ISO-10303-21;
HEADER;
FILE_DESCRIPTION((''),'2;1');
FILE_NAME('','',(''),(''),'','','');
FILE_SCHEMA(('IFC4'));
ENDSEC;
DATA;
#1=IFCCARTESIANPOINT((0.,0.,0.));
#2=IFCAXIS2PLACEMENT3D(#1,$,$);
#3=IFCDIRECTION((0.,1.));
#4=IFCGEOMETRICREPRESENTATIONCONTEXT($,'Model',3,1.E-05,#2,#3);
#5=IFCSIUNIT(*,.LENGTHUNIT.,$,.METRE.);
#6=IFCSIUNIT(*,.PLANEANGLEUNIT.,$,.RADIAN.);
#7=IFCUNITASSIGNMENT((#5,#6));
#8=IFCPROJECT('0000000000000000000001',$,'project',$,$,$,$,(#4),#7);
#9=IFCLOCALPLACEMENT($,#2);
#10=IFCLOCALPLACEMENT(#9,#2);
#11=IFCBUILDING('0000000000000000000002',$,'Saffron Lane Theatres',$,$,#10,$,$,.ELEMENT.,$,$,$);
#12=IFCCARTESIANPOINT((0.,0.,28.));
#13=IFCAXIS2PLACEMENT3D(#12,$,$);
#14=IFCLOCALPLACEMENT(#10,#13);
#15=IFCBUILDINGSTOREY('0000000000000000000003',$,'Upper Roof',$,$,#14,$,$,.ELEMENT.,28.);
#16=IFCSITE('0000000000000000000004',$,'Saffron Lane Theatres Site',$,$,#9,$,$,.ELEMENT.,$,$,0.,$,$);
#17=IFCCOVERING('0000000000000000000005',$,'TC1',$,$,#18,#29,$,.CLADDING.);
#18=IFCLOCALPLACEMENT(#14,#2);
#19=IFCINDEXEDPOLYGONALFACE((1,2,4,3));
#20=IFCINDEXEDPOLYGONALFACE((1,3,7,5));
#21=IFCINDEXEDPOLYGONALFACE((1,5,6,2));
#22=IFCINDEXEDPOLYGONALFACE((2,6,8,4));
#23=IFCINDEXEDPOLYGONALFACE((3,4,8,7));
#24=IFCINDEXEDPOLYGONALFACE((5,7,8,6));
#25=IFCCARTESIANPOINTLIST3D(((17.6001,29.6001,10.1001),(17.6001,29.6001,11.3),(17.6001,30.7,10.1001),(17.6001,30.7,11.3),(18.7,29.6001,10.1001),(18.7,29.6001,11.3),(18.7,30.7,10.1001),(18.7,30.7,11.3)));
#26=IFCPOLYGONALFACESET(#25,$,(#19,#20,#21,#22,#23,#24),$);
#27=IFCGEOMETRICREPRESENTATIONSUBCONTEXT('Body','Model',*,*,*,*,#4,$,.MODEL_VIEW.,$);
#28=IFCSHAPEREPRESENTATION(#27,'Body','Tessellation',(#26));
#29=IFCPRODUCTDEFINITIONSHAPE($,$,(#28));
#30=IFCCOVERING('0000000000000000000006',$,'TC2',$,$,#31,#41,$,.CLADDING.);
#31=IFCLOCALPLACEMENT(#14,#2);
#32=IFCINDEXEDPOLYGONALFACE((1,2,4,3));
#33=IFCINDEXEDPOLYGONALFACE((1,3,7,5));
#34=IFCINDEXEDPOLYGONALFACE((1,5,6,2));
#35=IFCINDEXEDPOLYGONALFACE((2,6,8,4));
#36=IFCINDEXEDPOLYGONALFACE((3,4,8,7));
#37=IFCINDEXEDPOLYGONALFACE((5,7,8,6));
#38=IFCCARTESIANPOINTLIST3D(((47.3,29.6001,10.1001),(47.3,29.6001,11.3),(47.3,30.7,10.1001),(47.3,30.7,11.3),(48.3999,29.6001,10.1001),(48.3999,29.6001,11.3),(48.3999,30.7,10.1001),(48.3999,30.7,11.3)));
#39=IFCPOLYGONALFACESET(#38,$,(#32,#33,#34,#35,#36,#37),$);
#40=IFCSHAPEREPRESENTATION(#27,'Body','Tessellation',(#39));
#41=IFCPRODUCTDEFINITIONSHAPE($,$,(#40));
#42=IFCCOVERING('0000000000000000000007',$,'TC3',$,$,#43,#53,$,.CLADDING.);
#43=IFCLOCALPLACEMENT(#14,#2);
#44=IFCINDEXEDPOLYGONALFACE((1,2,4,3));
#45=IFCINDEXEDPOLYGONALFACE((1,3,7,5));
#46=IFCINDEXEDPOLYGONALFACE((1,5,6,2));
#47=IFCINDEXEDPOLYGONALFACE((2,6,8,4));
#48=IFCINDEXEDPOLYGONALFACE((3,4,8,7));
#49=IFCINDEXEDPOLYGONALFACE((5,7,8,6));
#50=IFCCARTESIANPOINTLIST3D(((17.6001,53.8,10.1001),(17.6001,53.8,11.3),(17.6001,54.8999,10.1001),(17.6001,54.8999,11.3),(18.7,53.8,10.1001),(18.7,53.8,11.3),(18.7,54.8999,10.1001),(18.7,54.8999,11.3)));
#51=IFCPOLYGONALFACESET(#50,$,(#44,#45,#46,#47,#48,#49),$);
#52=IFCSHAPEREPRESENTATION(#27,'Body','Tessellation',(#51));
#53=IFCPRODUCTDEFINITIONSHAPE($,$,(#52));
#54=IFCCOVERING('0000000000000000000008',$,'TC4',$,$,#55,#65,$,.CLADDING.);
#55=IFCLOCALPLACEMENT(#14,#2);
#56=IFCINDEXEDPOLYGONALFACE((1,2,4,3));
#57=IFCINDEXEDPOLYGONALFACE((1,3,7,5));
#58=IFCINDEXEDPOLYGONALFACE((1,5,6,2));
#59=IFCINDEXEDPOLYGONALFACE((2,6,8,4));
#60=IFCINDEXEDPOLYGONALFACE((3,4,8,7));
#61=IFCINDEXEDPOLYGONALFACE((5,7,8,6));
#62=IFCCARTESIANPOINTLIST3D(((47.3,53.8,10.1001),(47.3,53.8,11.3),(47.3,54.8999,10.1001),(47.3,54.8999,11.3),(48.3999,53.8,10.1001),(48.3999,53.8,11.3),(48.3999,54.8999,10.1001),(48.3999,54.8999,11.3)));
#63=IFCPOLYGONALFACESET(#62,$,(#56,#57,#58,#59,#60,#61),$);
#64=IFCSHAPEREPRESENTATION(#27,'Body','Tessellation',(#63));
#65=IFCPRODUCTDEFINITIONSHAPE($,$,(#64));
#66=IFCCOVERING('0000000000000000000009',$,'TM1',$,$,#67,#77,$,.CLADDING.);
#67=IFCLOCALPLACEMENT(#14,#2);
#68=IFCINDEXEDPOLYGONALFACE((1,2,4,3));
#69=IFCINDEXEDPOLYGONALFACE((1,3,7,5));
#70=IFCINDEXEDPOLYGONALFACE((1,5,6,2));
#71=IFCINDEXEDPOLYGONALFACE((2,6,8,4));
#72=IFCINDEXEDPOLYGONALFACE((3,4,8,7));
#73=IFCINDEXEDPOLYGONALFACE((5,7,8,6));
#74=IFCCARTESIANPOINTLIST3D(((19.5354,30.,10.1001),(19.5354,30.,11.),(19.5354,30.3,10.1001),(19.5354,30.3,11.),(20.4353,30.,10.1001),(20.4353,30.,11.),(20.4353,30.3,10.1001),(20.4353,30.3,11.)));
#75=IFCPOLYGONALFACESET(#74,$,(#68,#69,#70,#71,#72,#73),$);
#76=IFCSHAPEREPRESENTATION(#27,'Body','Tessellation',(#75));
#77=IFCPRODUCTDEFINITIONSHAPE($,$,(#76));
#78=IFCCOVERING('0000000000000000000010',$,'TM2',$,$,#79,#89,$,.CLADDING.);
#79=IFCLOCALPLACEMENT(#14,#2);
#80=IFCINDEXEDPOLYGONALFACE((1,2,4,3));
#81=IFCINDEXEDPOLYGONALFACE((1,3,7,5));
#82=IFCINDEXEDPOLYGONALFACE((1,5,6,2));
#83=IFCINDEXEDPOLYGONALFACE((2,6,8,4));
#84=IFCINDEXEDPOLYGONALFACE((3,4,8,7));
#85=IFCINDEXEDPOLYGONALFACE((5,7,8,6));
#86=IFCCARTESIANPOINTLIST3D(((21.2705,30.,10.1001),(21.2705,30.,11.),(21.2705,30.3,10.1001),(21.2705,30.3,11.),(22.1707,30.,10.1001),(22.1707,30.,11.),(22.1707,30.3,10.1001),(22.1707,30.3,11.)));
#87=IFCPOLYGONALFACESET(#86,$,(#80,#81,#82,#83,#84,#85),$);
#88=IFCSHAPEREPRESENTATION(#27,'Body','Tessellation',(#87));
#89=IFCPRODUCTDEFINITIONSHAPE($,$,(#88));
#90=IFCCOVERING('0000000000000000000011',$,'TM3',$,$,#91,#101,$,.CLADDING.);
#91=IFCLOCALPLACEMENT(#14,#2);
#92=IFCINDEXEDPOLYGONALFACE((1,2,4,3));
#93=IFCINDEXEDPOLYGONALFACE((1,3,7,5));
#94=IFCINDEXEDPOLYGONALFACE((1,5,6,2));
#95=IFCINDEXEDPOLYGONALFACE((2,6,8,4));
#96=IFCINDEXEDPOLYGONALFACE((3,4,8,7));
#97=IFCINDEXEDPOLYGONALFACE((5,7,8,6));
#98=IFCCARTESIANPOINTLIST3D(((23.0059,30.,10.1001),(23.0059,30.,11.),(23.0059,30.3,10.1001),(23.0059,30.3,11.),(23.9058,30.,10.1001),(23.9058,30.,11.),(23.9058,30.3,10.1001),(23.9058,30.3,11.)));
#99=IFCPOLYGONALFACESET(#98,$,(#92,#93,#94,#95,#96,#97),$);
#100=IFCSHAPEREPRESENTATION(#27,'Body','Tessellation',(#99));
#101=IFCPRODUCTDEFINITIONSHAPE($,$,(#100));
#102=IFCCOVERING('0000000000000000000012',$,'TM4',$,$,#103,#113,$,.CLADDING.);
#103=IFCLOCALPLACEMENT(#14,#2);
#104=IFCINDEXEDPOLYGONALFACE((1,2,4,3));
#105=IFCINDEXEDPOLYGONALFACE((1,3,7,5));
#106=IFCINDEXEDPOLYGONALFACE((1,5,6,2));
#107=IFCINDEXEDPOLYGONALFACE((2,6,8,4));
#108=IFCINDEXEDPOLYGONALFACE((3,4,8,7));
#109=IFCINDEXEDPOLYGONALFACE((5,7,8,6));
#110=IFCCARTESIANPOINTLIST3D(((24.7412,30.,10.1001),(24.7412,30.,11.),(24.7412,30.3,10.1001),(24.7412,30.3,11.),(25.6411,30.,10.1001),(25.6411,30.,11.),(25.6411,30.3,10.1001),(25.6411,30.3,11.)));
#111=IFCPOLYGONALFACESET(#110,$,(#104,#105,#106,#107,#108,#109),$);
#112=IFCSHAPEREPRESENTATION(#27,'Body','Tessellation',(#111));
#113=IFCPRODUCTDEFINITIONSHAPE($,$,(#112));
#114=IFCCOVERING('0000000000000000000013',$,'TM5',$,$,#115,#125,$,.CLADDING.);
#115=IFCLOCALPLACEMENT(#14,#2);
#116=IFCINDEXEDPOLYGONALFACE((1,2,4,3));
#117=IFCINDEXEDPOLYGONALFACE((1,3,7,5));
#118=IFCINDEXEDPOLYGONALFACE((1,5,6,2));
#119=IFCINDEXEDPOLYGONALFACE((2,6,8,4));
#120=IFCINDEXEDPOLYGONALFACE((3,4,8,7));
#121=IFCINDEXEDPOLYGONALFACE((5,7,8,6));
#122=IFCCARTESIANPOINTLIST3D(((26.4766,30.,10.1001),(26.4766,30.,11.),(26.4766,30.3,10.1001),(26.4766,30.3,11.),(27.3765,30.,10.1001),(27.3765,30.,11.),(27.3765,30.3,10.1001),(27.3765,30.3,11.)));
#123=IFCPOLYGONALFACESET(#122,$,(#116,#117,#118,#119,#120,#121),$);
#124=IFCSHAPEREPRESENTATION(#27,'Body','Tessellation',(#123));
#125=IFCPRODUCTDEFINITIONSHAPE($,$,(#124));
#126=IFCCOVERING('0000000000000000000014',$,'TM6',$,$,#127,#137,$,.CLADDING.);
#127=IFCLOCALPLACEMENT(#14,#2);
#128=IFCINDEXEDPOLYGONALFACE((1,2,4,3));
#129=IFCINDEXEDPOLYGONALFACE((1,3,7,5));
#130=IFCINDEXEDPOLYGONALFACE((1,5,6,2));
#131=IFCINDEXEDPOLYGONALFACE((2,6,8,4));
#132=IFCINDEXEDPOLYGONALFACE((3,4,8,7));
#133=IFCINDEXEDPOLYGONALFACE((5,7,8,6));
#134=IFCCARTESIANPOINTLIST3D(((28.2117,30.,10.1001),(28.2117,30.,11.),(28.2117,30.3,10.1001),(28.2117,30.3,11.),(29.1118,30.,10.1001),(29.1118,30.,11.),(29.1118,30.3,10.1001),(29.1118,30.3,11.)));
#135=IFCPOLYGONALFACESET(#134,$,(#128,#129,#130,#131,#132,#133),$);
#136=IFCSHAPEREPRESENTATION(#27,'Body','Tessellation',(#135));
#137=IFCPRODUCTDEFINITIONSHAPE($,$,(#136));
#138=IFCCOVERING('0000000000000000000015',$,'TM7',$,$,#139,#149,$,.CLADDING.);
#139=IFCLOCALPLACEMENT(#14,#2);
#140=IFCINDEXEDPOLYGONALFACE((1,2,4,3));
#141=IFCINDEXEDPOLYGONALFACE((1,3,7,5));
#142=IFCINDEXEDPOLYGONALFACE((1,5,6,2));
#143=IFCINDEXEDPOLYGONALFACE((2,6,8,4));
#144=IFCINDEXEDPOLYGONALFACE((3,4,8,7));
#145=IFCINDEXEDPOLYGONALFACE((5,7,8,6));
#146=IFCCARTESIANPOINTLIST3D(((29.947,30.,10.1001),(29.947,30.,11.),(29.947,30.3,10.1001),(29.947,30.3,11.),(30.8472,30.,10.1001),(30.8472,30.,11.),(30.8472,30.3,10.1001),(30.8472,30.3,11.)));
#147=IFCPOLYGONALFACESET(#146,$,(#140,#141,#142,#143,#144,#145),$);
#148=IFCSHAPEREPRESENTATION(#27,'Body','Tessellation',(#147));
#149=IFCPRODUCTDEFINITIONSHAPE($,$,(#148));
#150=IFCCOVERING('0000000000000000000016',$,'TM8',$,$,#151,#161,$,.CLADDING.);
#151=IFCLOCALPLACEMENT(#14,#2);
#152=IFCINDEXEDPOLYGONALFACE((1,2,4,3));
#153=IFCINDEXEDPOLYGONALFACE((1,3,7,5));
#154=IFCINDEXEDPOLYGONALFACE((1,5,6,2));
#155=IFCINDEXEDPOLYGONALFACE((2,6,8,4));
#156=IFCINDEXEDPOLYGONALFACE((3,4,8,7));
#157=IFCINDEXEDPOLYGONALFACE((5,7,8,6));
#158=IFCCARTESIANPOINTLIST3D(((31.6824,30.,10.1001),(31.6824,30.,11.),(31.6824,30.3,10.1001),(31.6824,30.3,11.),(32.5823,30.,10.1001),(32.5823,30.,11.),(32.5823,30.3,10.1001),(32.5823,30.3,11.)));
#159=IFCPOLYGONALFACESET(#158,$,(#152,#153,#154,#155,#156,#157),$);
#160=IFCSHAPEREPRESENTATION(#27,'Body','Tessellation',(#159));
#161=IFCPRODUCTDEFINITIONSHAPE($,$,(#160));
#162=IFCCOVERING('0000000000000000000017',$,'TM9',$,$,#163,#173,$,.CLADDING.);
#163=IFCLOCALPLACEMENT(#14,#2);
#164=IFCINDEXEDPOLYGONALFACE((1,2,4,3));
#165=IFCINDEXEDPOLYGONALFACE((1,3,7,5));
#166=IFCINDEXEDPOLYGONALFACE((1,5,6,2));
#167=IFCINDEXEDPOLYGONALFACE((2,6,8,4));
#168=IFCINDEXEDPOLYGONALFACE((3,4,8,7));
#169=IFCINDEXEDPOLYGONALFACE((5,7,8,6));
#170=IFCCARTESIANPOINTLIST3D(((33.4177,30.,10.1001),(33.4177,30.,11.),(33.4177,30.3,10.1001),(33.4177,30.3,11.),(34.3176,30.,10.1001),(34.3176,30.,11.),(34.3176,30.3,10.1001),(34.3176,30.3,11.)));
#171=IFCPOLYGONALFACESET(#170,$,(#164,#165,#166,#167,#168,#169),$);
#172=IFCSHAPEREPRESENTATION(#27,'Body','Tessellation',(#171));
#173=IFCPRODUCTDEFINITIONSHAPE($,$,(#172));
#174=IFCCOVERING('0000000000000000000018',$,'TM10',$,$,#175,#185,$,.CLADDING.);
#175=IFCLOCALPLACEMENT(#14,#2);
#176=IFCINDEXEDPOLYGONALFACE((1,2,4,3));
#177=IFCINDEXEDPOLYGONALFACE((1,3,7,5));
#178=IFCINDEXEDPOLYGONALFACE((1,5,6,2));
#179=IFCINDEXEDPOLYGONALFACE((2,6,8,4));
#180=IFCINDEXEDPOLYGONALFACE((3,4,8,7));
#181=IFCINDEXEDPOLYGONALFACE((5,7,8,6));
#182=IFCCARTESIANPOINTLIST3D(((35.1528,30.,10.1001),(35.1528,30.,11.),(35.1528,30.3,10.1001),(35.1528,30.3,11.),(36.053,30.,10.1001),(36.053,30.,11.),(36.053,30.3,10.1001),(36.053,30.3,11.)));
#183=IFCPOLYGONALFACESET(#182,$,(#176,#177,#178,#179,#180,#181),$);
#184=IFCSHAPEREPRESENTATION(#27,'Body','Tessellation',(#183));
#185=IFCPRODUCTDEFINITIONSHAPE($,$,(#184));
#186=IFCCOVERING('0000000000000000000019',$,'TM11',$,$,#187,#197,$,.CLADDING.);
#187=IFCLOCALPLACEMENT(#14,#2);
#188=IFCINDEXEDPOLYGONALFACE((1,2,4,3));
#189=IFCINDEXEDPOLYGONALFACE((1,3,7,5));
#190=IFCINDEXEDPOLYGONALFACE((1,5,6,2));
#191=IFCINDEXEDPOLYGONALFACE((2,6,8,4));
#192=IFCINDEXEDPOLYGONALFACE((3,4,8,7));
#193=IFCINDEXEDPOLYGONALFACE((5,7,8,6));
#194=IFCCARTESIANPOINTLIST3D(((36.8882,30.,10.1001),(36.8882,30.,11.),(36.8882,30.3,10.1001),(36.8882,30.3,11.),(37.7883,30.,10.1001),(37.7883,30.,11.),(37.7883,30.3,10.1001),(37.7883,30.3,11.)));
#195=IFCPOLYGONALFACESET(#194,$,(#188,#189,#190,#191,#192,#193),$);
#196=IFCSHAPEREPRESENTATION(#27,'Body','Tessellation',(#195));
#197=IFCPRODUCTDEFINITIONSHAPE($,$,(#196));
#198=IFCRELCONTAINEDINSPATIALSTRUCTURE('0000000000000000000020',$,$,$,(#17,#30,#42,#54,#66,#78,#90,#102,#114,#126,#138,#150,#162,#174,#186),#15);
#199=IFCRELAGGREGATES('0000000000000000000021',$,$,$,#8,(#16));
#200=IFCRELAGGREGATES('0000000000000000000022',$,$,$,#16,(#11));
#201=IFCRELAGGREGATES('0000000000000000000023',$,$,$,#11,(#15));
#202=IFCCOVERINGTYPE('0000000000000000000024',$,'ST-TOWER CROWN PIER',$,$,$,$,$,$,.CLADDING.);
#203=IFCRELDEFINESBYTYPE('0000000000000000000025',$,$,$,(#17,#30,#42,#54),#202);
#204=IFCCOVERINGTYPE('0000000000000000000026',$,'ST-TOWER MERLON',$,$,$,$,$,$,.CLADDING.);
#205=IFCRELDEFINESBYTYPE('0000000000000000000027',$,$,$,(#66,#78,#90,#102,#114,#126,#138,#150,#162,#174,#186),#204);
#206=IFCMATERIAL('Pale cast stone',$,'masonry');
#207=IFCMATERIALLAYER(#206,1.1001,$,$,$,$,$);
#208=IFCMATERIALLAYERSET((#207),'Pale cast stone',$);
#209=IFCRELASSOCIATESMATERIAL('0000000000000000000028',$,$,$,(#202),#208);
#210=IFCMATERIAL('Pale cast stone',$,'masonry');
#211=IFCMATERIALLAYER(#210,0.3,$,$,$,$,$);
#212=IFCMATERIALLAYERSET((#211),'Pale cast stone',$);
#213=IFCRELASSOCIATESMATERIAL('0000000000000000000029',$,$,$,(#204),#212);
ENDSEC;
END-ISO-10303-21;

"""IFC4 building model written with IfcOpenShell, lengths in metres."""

from ifc_helpers import new_model, si_unit, direction, frame, origin, place, context, subcontext, project, spatial, polyline, outline, extrude, material, layer, layer_set, type_object, element, save


model = new_model("IFC4")

# Units and contexts
model_context = context("Model", 3, precision=1e-05, world=origin(), true_north=direction((0.0, 1.0)))
body_context = subcontext(model_context, "Body", "Model", "MODEL_VIEW")
ifc_project = project(units=[si_unit("LENGTHUNIT", "METRE"), si_unit("PLANEANGLEUNIT", "RADIAN")], contexts=[model_context])

# Site, building, storey
site_placement = place(None, origin())
site = spatial("IfcSite", under=ifc_project, at=site_placement, Name="Saffron Lane Theatres Site", CompositionType="ELEMENT", RefElevation=0.0)
building_placement = place(site_placement, origin())
building = spatial("IfcBuilding", under=site, at=building_placement, Name="Saffron Lane Theatres", CompositionType="ELEMENT")
storey_placement = place(building_placement, frame((0.0, 0.0, 28.0)))
storey = spatial("IfcBuildingStorey", under=building, at=storey_placement, Name="Upper Roof", CompositionType="ELEMENT", Elevation=28.0)

# Coverings
ifc_material_1 = material(Name="Pale cast stone", Category="masonry")
ifc_layer_1 = layer(ifc_material_1, 1.1001)
ifc_layer_set_1 = layer_set([ifc_layer_1], Name="Pale cast stone")
covering_type_1 = type_object("IfcCoveringType", Name="ST-TOWER CROWN PIER", PredefinedType="CLADDING", material=ifc_layer_set_1)
covering_1_placement = place(storey_placement, frame((0.0, 0.0, 10.1001)))
element("IfcCovering", 1, at=covering_1_placement, inside=storey, type_object=covering_type_1, Name="TC1", PredefinedType="CLADDING", context=body_context, shape_type="SweptSolid", body=[
    extrude(outline(polyline([(17.6001, 29.6001), (18.7, 29.6001), (18.7, 30.7), (17.6001, 30.7), (17.6001, 29.6001)])), origin(), (0.0, 0.0, 1.0), 1.2),
])
covering_2_placement = place(storey_placement, frame((0.0, 0.0, 10.1001)))
element("IfcCovering", 2, at=covering_2_placement, inside=storey, type_object=covering_type_1, Name="TC2", PredefinedType="CLADDING", context=body_context, shape_type="SweptSolid", body=[
    extrude(outline(polyline([(47.3, 29.6001), (48.3999, 29.6001), (48.3999, 30.7), (47.3, 30.7), (47.3, 29.6001)])), origin(), (0.0, 0.0, 1.0), 1.2),
])
covering_3_placement = place(storey_placement, frame((0.0, 0.0, 10.1001)))
element("IfcCovering", 3, at=covering_3_placement, inside=storey, type_object=covering_type_1, Name="TC3", PredefinedType="CLADDING", context=body_context, shape_type="SweptSolid", body=[
    extrude(outline(polyline([(17.6001, 53.8), (18.7, 53.8), (18.7, 54.8999), (17.6001, 54.8999), (17.6001, 53.8)])), origin(), (0.0, 0.0, 1.0), 1.2),
])
covering_4_placement = place(storey_placement, frame((0.0, 0.0, 10.1001)))
element("IfcCovering", 4, at=covering_4_placement, inside=storey, type_object=covering_type_1, Name="TC4", PredefinedType="CLADDING", context=body_context, shape_type="SweptSolid", body=[
    extrude(outline(polyline([(47.3, 53.8), (48.3999, 53.8), (48.3999, 54.8999), (47.3, 54.8999), (47.3, 53.8)])), origin(), (0.0, 0.0, 1.0), 1.2),
])
ifc_material_2 = material(Name="Pale cast stone", Category="masonry")
ifc_layer_2 = layer(ifc_material_2, 0.3)
ifc_layer_set_2 = layer_set([ifc_layer_2], Name="Pale cast stone")
covering_type_2 = type_object("IfcCoveringType", Name="ST-TOWER MERLON", PredefinedType="CLADDING", material=ifc_layer_set_2)
covering_5_placement = place(storey_placement, frame((0.0, 0.0, 10.1001)))
element("IfcCovering", 5, at=covering_5_placement, inside=storey, type_object=covering_type_2, Name="TM1", PredefinedType="CLADDING", context=body_context, shape_type="SweptSolid", body=[
    extrude(outline(polyline([(19.5354, 30.0), (20.4353, 30.0), (20.4353, 30.3), (19.5354, 30.3), (19.5354, 30.0)])), origin(), (0.0, 0.0, 1.0), 0.8999),
])
covering_6_placement = place(storey_placement, frame((0.0, 0.0, 10.1001)))
element("IfcCovering", 6, at=covering_6_placement, inside=storey, type_object=covering_type_2, Name="TM2", PredefinedType="CLADDING", context=body_context, shape_type="SweptSolid", body=[
    extrude(outline(polyline([(21.2705, 30.0), (22.1707, 30.0), (22.1707, 30.3), (21.2705, 30.3), (21.2705, 30.0)])), origin(), (0.0, 0.0, 1.0), 0.8999),
])
covering_7_placement = place(storey_placement, frame((0.0, 0.0, 10.1001)))
element("IfcCovering", 7, at=covering_7_placement, inside=storey, type_object=covering_type_2, Name="TM3", PredefinedType="CLADDING", context=body_context, shape_type="SweptSolid", body=[
    extrude(outline(polyline([(23.0059, 30.0), (23.9058, 30.0), (23.9058, 30.3), (23.0059, 30.3), (23.0059, 30.0)])), origin(), (0.0, 0.0, 1.0), 0.8999),
])
covering_8_placement = place(storey_placement, frame((0.0, 0.0, 10.1001)))
element("IfcCovering", 8, at=covering_8_placement, inside=storey, type_object=covering_type_2, Name="TM4", PredefinedType="CLADDING", context=body_context, shape_type="SweptSolid", body=[
    extrude(outline(polyline([(24.7412, 30.0), (25.6411, 30.0), (25.6411, 30.3), (24.7412, 30.3), (24.7412, 30.0)])), origin(), (0.0, 0.0, 1.0), 0.8999),
])
covering_9_placement = place(storey_placement, frame((0.0, 0.0, 10.1001)))
element("IfcCovering", 9, at=covering_9_placement, inside=storey, type_object=covering_type_2, Name="TM5", PredefinedType="CLADDING", context=body_context, shape_type="SweptSolid", body=[
    extrude(outline(polyline([(26.4766, 30.0), (27.3765, 30.0), (27.3765, 30.3), (26.4766, 30.3), (26.4766, 30.0)])), origin(), (0.0, 0.0, 1.0), 0.8999),
])
covering_10_placement = place(storey_placement, frame((0.0, 0.0, 10.1001)))
element("IfcCovering", 10, at=covering_10_placement, inside=storey, type_object=covering_type_2, Name="TM6", PredefinedType="CLADDING", context=body_context, shape_type="SweptSolid", body=[
    extrude(outline(polyline([(28.2117, 30.0), (29.1118, 30.0), (29.1118, 30.3), (28.2117, 30.3), (28.2117, 30.0)])), origin(), (0.0, 0.0, 1.0), 0.8999),
])
covering_11_placement = place(storey_placement, frame((0.0, 0.0, 10.1001)))
element("IfcCovering", 11, at=covering_11_placement, inside=storey, type_object=covering_type_2, Name="TM7", PredefinedType="CLADDING", context=body_context, shape_type="SweptSolid", body=[
    extrude(outline(polyline([(29.947, 30.0), (30.8472, 30.0), (30.8472, 30.3), (29.947, 30.3), (29.947, 30.0)])), origin(), (0.0, 0.0, 1.0), 0.8999),
])
covering_12_placement = place(storey_placement, frame((0.0, 0.0, 10.1001)))
element("IfcCovering", 12, at=covering_12_placement, inside=storey, type_object=covering_type_2, Name="TM8", PredefinedType="CLADDING", context=body_context, shape_type="SweptSolid", body=[
    extrude(outline(polyline([(31.6824, 30.0), (32.5823, 30.0), (32.5823, 30.3), (31.6824, 30.3), (31.6824, 30.0)])), origin(), (0.0, 0.0, 1.0), 0.8999),
])
covering_13_placement = place(storey_placement, frame((0.0, 0.0, 10.1001)))
element("IfcCovering", 13, at=covering_13_placement, inside=storey, type_object=covering_type_2, Name="TM9", PredefinedType="CLADDING", context=body_context, shape_type="SweptSolid", body=[
    extrude(outline(polyline([(33.4177, 30.0), (34.3176, 30.0), (34.3176, 30.3), (33.4177, 30.3), (33.4177, 30.0)])), origin(), (0.0, 0.0, 1.0), 0.8999),
])
covering_14_placement = place(storey_placement, frame((0.0, 0.0, 10.1001)))
element("IfcCovering", 14, at=covering_14_placement, inside=storey, type_object=covering_type_2, Name="TM10", PredefinedType="CLADDING", context=body_context, shape_type="SweptSolid", body=[
    extrude(outline(polyline([(35.1528, 30.0), (36.053, 30.0), (36.053, 30.3), (35.1528, 30.3), (35.1528, 30.0)])), origin(), (0.0, 0.0, 1.0), 0.8999),
])
covering_15_placement = place(storey_placement, frame((0.0, 0.0, 10.1001)))
element("IfcCovering", 15, at=covering_15_placement, inside=storey, type_object=covering_type_2, Name="TM11", PredefinedType="CLADDING", context=body_context, shape_type="SweptSolid", body=[
    extrude(outline(polyline([(36.8882, 30.0), (37.7883, 30.0), (37.7883, 30.3), (36.8882, 30.3), (36.8882, 30.0)])), origin(), (0.0, 0.0, 1.0), 0.8999),
])

save(model, "model.ifc")
